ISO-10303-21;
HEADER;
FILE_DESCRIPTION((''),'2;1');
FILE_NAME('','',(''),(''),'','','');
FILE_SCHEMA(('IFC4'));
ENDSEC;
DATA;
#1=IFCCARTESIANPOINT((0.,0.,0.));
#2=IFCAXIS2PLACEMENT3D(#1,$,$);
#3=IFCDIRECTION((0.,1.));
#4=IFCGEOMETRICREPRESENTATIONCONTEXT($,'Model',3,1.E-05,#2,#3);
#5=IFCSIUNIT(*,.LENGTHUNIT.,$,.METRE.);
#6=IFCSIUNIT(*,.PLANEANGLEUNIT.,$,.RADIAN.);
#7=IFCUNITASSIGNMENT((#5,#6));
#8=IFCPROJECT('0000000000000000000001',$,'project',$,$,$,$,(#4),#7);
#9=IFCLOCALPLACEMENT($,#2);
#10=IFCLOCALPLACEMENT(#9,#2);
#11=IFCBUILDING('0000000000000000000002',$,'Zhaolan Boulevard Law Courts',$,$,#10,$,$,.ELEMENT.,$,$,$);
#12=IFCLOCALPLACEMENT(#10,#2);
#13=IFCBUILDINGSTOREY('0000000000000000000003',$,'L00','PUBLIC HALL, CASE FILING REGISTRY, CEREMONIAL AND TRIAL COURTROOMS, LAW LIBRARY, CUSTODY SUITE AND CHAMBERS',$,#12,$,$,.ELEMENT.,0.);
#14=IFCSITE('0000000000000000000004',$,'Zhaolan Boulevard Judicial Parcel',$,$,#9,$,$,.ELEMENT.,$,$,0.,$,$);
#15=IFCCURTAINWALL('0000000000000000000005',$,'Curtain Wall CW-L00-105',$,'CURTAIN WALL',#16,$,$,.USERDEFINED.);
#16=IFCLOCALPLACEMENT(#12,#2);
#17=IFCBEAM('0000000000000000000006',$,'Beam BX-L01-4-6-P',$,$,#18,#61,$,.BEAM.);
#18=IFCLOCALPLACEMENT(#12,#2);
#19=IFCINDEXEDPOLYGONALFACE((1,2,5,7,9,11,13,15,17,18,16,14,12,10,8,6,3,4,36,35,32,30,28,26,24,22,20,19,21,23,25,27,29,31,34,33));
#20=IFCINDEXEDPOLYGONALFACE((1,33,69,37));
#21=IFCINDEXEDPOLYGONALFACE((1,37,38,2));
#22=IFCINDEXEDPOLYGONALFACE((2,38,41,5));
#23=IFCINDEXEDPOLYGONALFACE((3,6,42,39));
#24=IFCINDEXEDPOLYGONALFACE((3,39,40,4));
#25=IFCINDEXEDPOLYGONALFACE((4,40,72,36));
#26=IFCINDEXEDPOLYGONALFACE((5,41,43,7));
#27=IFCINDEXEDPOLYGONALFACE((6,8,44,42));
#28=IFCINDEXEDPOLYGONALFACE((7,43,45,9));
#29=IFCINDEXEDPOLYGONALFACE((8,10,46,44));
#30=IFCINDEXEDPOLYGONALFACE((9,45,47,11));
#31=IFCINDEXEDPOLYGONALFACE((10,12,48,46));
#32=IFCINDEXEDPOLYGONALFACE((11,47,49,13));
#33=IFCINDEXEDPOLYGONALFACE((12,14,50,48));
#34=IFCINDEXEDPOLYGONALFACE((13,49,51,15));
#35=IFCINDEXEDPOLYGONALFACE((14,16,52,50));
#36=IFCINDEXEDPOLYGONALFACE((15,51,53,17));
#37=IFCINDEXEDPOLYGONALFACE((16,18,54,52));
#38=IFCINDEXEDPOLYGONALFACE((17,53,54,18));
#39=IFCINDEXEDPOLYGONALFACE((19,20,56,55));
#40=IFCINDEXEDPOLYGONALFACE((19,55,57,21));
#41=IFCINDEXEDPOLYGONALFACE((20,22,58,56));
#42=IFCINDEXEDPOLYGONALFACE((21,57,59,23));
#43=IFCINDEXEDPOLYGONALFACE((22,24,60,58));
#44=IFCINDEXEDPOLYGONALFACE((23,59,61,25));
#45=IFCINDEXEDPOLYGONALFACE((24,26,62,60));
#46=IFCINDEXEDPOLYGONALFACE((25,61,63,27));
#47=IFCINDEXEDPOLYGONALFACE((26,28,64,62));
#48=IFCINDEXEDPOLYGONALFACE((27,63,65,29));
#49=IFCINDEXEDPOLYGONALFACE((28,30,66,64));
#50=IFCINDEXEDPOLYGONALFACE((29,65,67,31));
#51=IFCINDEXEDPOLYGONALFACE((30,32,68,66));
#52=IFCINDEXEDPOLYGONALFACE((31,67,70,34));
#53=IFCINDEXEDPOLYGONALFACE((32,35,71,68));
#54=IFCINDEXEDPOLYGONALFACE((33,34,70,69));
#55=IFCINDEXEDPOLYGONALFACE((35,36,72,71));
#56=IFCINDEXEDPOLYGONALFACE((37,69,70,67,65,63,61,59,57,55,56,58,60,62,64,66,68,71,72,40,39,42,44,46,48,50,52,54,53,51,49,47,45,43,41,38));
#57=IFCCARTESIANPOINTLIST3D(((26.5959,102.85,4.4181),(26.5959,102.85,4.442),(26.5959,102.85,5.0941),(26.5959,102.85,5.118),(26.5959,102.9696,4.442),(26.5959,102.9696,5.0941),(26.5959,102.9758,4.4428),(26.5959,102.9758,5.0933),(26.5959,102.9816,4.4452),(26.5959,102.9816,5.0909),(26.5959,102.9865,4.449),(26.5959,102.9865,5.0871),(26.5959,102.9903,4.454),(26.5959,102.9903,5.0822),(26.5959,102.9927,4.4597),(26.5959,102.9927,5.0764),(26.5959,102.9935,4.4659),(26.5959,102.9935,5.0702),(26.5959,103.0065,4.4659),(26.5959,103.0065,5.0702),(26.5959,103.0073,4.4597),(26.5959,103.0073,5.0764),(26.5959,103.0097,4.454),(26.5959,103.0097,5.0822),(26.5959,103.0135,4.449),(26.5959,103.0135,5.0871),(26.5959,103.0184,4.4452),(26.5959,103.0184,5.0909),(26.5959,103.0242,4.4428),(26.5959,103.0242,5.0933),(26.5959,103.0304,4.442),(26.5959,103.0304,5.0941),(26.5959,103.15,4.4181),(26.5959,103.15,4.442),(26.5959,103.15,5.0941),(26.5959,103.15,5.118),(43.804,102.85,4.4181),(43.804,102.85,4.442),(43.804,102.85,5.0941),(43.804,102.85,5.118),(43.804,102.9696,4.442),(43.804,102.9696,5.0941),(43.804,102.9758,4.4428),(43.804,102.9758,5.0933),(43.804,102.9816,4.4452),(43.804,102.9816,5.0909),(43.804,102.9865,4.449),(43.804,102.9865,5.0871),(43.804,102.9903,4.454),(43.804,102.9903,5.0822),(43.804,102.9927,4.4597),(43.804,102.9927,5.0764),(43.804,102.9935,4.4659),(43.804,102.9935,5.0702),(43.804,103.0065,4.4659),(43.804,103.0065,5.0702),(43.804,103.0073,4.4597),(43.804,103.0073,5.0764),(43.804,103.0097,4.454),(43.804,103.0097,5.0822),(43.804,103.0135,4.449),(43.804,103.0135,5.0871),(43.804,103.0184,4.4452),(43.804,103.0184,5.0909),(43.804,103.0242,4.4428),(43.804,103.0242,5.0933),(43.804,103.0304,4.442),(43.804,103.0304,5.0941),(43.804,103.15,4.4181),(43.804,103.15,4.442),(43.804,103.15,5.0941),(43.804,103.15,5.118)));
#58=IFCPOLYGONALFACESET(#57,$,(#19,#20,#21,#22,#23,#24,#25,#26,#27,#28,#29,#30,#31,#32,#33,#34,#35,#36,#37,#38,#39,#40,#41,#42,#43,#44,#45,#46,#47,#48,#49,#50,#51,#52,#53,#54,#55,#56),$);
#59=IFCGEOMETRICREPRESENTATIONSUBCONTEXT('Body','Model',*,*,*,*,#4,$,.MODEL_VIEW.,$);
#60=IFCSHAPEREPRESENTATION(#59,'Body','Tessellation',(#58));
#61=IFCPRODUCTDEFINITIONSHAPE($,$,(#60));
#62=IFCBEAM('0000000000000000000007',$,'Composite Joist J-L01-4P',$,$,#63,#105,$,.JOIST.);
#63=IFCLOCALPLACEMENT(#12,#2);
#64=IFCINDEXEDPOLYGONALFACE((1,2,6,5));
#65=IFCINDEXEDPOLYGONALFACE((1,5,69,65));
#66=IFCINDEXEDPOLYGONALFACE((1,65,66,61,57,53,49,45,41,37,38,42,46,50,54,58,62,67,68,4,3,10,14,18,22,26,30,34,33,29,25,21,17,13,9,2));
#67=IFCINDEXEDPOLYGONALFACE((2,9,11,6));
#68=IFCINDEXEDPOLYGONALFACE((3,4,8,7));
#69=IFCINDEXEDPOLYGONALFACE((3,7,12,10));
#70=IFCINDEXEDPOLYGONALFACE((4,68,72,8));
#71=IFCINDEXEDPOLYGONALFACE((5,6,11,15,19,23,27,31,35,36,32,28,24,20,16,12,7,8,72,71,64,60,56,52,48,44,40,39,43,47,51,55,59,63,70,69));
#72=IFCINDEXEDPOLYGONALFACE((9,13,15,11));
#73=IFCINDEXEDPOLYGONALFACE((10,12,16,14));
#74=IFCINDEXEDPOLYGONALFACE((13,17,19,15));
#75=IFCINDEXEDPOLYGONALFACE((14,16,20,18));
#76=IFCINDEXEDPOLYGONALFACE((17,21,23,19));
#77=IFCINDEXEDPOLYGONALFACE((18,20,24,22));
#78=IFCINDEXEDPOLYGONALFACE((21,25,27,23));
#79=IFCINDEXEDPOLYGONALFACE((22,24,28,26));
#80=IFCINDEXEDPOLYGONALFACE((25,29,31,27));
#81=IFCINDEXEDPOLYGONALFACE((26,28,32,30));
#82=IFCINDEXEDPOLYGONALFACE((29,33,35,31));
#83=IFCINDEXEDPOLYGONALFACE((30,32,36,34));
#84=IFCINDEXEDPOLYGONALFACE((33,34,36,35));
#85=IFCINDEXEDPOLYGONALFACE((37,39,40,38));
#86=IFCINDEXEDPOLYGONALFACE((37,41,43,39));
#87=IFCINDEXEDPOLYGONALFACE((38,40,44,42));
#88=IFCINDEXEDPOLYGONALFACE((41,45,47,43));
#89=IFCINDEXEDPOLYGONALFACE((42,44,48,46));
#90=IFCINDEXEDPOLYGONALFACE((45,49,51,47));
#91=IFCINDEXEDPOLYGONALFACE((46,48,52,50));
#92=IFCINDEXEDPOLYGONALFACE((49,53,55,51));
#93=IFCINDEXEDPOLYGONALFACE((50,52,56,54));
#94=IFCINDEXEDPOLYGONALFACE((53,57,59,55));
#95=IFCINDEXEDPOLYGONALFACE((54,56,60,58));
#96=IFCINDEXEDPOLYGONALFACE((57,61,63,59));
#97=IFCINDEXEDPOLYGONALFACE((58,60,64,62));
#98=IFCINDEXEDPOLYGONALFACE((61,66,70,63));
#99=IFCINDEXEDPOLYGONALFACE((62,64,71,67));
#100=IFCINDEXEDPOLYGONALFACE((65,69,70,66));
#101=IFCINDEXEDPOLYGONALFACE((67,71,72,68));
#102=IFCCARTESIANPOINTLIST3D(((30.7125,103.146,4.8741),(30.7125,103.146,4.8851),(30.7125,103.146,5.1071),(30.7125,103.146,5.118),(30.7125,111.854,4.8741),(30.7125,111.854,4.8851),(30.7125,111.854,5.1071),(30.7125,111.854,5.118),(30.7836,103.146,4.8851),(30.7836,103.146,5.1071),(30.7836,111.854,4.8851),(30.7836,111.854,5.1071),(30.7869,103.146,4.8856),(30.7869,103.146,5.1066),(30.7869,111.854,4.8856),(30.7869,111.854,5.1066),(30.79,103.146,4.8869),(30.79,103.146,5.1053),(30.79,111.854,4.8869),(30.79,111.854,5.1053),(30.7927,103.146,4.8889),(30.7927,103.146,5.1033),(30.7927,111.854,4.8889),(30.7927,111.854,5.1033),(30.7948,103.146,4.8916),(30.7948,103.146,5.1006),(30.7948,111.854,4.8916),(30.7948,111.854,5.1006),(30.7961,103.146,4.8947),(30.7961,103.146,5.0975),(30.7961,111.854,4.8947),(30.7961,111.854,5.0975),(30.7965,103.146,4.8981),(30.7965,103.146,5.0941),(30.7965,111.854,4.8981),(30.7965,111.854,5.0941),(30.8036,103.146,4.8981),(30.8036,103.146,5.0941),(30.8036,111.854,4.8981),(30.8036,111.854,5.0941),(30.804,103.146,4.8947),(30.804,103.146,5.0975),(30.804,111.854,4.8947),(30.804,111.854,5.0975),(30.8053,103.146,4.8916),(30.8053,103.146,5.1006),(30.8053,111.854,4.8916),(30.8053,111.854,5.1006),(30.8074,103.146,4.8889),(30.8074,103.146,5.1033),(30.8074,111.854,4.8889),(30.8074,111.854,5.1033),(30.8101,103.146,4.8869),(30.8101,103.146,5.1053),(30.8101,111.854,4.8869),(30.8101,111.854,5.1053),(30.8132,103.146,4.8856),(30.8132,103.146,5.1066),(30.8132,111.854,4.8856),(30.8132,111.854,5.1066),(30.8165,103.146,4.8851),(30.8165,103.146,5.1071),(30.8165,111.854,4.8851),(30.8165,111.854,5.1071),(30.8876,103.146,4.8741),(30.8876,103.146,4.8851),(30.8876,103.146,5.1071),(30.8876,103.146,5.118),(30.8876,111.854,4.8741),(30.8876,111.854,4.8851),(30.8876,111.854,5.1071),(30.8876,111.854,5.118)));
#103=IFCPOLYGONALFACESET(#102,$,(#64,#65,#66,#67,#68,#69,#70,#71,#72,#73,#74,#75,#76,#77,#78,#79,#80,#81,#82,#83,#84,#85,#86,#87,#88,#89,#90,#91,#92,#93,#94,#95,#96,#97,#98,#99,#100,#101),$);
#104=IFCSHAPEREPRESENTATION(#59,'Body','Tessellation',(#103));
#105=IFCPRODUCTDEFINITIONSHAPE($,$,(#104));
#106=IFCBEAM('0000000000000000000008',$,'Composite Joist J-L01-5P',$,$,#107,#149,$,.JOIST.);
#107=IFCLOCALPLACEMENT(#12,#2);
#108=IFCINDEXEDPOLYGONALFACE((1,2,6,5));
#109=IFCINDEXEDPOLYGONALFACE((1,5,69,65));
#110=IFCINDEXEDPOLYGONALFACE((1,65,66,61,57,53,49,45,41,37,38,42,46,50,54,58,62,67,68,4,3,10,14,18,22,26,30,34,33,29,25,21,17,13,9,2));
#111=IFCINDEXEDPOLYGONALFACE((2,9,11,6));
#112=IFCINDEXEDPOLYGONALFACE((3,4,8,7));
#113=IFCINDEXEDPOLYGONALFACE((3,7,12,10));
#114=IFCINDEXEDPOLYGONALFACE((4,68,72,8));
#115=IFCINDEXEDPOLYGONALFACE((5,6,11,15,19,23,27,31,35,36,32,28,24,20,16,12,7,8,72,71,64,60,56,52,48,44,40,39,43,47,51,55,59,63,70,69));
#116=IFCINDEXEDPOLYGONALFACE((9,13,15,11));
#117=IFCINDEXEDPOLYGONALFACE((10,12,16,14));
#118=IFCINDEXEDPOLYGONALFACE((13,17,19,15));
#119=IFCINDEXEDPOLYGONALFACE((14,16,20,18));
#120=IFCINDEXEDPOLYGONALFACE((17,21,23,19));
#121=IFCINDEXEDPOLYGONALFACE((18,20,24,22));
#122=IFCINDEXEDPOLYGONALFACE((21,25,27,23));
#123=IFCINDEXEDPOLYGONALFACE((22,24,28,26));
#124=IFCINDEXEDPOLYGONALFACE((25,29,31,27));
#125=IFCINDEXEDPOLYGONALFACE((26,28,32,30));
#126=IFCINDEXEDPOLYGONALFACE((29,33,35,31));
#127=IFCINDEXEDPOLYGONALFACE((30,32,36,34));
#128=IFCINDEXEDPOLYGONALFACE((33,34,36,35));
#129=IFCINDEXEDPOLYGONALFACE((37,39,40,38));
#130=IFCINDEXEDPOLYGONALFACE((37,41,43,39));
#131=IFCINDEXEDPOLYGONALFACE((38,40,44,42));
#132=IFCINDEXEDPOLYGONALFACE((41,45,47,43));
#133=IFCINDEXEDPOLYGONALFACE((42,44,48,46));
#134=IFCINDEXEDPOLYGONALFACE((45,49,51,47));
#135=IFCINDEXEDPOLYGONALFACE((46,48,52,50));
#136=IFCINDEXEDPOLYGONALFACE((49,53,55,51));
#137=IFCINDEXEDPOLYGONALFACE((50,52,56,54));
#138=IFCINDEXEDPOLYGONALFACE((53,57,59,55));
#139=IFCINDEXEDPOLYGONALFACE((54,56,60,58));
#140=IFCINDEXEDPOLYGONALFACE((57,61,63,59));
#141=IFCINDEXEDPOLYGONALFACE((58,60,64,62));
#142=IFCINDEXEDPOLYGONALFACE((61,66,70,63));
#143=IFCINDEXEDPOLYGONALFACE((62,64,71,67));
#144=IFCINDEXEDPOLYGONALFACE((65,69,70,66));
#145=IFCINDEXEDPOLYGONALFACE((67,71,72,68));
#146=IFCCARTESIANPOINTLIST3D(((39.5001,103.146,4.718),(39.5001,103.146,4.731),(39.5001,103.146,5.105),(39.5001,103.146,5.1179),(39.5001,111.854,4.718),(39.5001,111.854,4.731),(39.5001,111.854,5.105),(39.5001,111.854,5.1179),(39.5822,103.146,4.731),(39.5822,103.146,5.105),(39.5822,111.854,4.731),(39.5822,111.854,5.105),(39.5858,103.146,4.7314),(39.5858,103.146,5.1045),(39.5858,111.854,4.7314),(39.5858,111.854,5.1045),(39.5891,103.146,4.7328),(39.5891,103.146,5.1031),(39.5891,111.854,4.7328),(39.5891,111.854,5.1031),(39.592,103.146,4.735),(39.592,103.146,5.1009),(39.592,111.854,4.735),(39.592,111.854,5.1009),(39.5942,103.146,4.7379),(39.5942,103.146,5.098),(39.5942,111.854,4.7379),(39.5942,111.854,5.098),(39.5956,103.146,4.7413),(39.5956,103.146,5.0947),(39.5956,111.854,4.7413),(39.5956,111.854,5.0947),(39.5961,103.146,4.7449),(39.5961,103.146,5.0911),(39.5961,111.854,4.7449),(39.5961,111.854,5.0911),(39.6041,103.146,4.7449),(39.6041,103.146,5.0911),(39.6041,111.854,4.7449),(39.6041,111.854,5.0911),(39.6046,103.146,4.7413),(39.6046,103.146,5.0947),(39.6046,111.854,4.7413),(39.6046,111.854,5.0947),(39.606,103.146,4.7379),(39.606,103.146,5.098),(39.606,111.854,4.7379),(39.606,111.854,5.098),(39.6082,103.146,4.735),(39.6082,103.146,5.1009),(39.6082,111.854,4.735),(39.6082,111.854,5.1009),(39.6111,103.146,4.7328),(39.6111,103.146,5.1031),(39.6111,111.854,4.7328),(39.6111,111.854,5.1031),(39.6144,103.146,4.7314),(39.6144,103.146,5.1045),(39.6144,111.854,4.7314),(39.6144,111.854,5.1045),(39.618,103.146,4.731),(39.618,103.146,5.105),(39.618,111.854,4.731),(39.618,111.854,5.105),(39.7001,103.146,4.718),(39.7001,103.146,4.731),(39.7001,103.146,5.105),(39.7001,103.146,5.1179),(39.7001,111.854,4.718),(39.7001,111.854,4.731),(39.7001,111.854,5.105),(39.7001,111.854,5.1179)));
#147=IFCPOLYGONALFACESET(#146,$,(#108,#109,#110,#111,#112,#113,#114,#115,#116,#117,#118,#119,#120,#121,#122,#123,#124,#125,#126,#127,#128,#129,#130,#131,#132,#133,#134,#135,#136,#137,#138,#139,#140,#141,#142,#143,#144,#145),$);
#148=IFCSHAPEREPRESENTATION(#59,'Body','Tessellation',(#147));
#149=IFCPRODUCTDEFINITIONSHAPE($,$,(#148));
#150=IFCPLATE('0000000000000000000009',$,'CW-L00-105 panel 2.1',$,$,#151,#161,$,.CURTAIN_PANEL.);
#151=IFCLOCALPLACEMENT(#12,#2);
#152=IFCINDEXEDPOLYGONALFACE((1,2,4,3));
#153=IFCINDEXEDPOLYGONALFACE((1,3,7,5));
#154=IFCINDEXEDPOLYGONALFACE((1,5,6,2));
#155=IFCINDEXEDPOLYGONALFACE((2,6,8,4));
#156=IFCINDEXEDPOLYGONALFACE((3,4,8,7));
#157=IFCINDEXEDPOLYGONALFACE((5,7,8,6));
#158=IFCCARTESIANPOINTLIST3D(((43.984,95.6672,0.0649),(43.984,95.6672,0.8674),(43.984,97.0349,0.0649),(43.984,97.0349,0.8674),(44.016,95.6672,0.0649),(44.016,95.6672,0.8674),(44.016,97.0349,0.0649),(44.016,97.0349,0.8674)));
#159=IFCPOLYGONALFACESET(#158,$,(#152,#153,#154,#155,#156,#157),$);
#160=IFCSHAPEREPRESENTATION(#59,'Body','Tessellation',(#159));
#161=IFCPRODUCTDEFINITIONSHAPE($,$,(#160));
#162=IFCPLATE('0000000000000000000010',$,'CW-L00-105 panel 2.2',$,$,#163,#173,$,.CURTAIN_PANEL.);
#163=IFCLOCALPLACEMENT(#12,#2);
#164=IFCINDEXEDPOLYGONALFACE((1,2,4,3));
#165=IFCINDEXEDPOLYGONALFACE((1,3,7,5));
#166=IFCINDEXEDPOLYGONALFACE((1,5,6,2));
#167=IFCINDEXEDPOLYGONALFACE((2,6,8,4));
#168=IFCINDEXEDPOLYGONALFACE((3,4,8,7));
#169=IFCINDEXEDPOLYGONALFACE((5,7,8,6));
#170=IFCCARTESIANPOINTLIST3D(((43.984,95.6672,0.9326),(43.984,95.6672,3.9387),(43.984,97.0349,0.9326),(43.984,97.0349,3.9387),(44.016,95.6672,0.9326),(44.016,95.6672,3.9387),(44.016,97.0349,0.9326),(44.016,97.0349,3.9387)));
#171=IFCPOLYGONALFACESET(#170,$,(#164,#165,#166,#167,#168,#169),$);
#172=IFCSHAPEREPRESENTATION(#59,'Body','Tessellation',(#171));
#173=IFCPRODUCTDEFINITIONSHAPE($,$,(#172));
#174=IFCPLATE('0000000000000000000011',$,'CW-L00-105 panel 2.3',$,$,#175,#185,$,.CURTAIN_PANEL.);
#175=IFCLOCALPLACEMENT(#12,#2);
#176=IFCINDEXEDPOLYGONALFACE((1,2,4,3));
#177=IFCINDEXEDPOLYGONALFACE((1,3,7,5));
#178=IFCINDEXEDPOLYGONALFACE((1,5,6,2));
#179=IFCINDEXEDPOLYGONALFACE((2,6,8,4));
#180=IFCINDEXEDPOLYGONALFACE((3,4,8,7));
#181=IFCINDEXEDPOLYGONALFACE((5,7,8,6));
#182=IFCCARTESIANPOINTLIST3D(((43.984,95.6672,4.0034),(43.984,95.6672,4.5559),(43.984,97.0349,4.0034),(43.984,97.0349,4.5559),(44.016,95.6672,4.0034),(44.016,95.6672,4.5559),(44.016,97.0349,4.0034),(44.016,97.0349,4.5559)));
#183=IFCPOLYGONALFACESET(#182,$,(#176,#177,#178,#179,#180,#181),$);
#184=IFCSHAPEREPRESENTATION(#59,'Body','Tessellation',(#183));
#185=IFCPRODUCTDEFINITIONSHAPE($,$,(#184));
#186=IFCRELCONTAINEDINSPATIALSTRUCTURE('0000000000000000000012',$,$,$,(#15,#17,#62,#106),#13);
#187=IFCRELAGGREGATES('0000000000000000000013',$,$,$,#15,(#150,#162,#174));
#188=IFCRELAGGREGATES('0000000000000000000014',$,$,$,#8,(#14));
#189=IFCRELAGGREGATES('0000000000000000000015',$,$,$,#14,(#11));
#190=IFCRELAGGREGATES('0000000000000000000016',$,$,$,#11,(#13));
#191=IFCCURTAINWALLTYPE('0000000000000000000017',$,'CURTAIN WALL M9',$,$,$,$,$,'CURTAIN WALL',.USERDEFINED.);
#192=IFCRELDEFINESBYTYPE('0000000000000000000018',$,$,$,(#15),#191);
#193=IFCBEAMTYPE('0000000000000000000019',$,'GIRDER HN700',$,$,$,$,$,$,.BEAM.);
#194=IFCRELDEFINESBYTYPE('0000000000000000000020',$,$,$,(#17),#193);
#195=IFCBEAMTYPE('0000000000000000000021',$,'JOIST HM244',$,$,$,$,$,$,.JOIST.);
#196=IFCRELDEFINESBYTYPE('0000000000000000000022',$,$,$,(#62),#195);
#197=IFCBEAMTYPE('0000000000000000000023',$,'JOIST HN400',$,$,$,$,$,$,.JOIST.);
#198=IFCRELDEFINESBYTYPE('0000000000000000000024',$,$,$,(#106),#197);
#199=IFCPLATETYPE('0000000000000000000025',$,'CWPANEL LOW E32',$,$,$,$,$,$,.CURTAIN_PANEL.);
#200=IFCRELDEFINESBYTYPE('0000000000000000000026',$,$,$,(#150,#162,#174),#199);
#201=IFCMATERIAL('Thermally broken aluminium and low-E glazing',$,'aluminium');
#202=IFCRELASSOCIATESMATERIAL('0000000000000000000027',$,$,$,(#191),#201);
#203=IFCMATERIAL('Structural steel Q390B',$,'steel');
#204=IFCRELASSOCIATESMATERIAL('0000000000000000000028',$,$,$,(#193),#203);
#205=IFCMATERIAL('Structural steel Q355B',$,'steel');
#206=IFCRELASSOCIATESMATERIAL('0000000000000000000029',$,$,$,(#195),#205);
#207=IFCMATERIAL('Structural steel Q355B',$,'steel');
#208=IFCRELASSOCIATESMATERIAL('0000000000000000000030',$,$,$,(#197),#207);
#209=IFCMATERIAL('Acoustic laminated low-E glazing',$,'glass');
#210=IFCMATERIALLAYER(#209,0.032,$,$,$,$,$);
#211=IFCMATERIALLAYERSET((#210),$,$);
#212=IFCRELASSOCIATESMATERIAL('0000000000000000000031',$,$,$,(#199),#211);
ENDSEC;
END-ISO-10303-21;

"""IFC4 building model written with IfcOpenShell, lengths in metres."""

from ifc_helpers import new_model, si_unit, direction, frame, origin, origin_2d, place, context, subcontext, project, spatial, rectangle, i_section, extrude, material, layer, layer_set, material_profile, profile_set, type_object, element, aggregate, save


model = new_model("IFC4")

# Units and contexts
model_context = context("Model", 3, precision=1e-05, world=origin(), true_north=direction((0.0, 1.0)))
body_context = subcontext(model_context, "Body", "Model", "MODEL_VIEW")
ifc_project = project(units=[si_unit("LENGTHUNIT", "METRE"), si_unit("PLANEANGLEUNIT", "RADIAN")], contexts=[model_context])

# Site, building, storey
site_placement = place(None, origin())
site = spatial("IfcSite", under=ifc_project, at=site_placement, Name="Zhaolan Boulevard Judicial Parcel", CompositionType="ELEMENT", RefElevation=0.0)
building_placement = place(site_placement, origin())
building = spatial("IfcBuilding", under=site, at=building_placement, Name="Zhaolan Boulevard Law Courts", CompositionType="ELEMENT")
storey_placement = place(building_placement, origin())
storey = spatial("IfcBuildingStorey", under=building, at=storey_placement, Name="L00", Description="PUBLIC HALL, CASE FILING REGISTRY, CEREMONIAL AND TRIAL COURTROOMS, LAW LIBRARY, CUSTODY SUITE AND CHAMBERS", CompositionType="ELEMENT", Elevation=0.0)

# Curtain wall
ifc_material_1 = material(Name="Thermally broken aluminium and low-E glazing", Category="aluminium")
curtain_wall_type = type_object("IfcCurtainWallType", Name="CURTAIN WALL M9", ElementType="CURTAIN WALL", PredefinedType="USERDEFINED", material=ifc_material_1)
curtain_wall_placement = place(storey_placement, origin())
curtain_wall = element("IfcCurtainWall", 1, at=curtain_wall_placement, inside=storey, type_object=curtain_wall_type, Name="Curtain Wall CW-L00-105", ObjectType="CURTAIN WALL", PredefinedType="USERDEFINED")

# Beams
ifc_material_2 = material(Name="Structural steel Q390B", Category="steel")
ifc_material_profile_1 = material_profile(ifc_material_2, i_section(OverallWidth=0.3, OverallDepth=0.7, WebThickness=0.0129, FlangeThickness=0.0239, FilletRadius=0.0239, at=origin_2d()), Name="HN700x300")
ifc_profile_set_1 = profile_set([ifc_material_profile_1], Name="Structural steel Q390B")
beam_type_1 = type_object("IfcBeamType", Name="GIRDER HN700", PredefinedType="BEAM", material=ifc_profile_set_1)
beam_1_placement = place(storey_placement, frame((26.5959, 103.0, 4.7681), z_axis=(1.0, 0.0, 0.0), x_axis=(0.0, 1.0, 0.0)))
element("IfcBeam", 2, at=beam_1_placement, inside=storey, type_object=beam_type_1, Name="Beam BX-L01-4-6-P", PredefinedType="BEAM", context=body_context, shape_type="SweptSolid", body=[
    extrude(i_section(OverallWidth=0.3, OverallDepth=0.7, WebThickness=0.0129, FlangeThickness=0.0239, FilletRadius=0.0239, at=origin_2d()), origin(), (0.0, 0.0, 1.0), 17.208),
])
ifc_material_3 = material(Name="Structural steel Q355B", Category="steel")
ifc_material_profile_2 = material_profile(ifc_material_3, i_section(OverallWidth=0.175, OverallDepth=0.2439, WebThickness=0.0071, FlangeThickness=0.011, FilletRadius=0.0129, at=origin_2d()), Name="HM244x175")
ifc_profile_set_2 = profile_set([ifc_material_profile_2], Name="Structural steel Q355B")
beam_type_2 = type_object("IfcBeamType", Name="JOIST HM244", PredefinedType="JOIST", material=ifc_profile_set_2)
beam_2_placement = place(storey_placement, frame((30.8, 103.146, 4.9961), z_axis=(0.0, 1.0, 0.0), x_axis=(-1.0, 0.0, 0.0)))
element("IfcBeam", 3, at=beam_2_placement, inside=storey, type_object=beam_type_2, Name="Composite Joist J-L01-4P", PredefinedType="JOIST", context=body_context, shape_type="SweptSolid", body=[
    extrude(i_section(OverallWidth=0.175, OverallDepth=0.2439, WebThickness=0.0071, FlangeThickness=0.011, FilletRadius=0.0129, at=origin_2d()), origin(), (0.0, 0.0, 1.0), 8.708),
])
ifc_material_4 = material(Name="Structural steel Q355B", Category="steel")
ifc_material_profile_3 = material_profile(ifc_material_4, i_section(OverallWidth=0.2, OverallDepth=0.3999, WebThickness=0.0081, FlangeThickness=0.0129, FilletRadius=0.0139, at=origin_2d()), Name="HN400x200")
ifc_profile_set_3 = profile_set([ifc_material_profile_3], Name="Structural steel Q355B")
beam_type_3 = type_object("IfcBeamType", Name="JOIST HN400", PredefinedType="JOIST", material=ifc_profile_set_3)
beam_3_placement = place(storey_placement, frame((39.6001, 103.146, 4.918), z_axis=(0.0, 1.0, 0.0), x_axis=(-1.0, 0.0, 0.0)))
element("IfcBeam", 4, at=beam_3_placement, inside=storey, type_object=beam_type_3, Name="Composite Joist J-L01-5P", PredefinedType="JOIST", context=body_context, shape_type="SweptSolid", body=[
    extrude(i_section(OverallWidth=0.2, OverallDepth=0.3999, WebThickness=0.0081, FlangeThickness=0.0129, FilletRadius=0.0139, at=origin_2d()), origin(), (0.0, 0.0, 1.0), 8.708),
])

# Plates
ifc_material_5 = material(Name="Acoustic laminated low-E glazing", Category="glass")
ifc_layer_1 = layer(ifc_material_5, 0.032)
ifc_layer_set_1 = layer_set([ifc_layer_1])
plate_type_1 = type_object("IfcPlateType", Name="CWPANEL LOW E32", PredefinedType="CURTAIN_PANEL", material=ifc_layer_set_1)
plate_1_placement = place(storey_placement, frame((44.0, 96.3511, 0.0649), z_axis=(0.0, 0.0, 1.0), x_axis=(0.0, 1.0, 0.0)))
plate_1 = element("IfcPlate", 5, at=plate_1_placement, type_object=plate_type_1, Name="CW-L00-105 panel 2.1", PredefinedType="CURTAIN_PANEL", context=body_context, shape_type="SweptSolid", body=[
    extrude(rectangle(XDim=1.3677, YDim=0.032, at=origin_2d()), origin(), (0.0, 0.0, 1.0), 0.8025),
])
plate_2_placement = place(storey_placement, frame((44.0, 96.3511, 0.9326), z_axis=(0.0, 0.0, 1.0), x_axis=(0.0, 1.0, 0.0)))
plate_2 = element("IfcPlate", 6, at=plate_2_placement, type_object=plate_type_1, Name="CW-L00-105 panel 2.2", PredefinedType="CURTAIN_PANEL", context=body_context, shape_type="SweptSolid", body=[
    extrude(rectangle(XDim=1.3677, YDim=0.032, at=origin_2d()), origin(), (0.0, 0.0, 1.0), 3.0061),
])
plate_3_placement = place(storey_placement, frame((44.0, 96.3511, 4.0034), z_axis=(0.0, 0.0, 1.0), x_axis=(0.0, 1.0, 0.0)))
plate_3 = element("IfcPlate", 7, at=plate_3_placement, type_object=plate_type_1, Name="CW-L00-105 panel 2.3", PredefinedType="CURTAIN_PANEL", context=body_context, shape_type="SweptSolid", body=[
    extrude(rectangle(XDim=1.3677, YDim=0.032, at=origin_2d()), origin(), (0.0, 0.0, 1.0), 0.5525),
])
aggregate(curtain_wall, [plate_1, plate_2, plate_3])

save(model, "model.ifc")
